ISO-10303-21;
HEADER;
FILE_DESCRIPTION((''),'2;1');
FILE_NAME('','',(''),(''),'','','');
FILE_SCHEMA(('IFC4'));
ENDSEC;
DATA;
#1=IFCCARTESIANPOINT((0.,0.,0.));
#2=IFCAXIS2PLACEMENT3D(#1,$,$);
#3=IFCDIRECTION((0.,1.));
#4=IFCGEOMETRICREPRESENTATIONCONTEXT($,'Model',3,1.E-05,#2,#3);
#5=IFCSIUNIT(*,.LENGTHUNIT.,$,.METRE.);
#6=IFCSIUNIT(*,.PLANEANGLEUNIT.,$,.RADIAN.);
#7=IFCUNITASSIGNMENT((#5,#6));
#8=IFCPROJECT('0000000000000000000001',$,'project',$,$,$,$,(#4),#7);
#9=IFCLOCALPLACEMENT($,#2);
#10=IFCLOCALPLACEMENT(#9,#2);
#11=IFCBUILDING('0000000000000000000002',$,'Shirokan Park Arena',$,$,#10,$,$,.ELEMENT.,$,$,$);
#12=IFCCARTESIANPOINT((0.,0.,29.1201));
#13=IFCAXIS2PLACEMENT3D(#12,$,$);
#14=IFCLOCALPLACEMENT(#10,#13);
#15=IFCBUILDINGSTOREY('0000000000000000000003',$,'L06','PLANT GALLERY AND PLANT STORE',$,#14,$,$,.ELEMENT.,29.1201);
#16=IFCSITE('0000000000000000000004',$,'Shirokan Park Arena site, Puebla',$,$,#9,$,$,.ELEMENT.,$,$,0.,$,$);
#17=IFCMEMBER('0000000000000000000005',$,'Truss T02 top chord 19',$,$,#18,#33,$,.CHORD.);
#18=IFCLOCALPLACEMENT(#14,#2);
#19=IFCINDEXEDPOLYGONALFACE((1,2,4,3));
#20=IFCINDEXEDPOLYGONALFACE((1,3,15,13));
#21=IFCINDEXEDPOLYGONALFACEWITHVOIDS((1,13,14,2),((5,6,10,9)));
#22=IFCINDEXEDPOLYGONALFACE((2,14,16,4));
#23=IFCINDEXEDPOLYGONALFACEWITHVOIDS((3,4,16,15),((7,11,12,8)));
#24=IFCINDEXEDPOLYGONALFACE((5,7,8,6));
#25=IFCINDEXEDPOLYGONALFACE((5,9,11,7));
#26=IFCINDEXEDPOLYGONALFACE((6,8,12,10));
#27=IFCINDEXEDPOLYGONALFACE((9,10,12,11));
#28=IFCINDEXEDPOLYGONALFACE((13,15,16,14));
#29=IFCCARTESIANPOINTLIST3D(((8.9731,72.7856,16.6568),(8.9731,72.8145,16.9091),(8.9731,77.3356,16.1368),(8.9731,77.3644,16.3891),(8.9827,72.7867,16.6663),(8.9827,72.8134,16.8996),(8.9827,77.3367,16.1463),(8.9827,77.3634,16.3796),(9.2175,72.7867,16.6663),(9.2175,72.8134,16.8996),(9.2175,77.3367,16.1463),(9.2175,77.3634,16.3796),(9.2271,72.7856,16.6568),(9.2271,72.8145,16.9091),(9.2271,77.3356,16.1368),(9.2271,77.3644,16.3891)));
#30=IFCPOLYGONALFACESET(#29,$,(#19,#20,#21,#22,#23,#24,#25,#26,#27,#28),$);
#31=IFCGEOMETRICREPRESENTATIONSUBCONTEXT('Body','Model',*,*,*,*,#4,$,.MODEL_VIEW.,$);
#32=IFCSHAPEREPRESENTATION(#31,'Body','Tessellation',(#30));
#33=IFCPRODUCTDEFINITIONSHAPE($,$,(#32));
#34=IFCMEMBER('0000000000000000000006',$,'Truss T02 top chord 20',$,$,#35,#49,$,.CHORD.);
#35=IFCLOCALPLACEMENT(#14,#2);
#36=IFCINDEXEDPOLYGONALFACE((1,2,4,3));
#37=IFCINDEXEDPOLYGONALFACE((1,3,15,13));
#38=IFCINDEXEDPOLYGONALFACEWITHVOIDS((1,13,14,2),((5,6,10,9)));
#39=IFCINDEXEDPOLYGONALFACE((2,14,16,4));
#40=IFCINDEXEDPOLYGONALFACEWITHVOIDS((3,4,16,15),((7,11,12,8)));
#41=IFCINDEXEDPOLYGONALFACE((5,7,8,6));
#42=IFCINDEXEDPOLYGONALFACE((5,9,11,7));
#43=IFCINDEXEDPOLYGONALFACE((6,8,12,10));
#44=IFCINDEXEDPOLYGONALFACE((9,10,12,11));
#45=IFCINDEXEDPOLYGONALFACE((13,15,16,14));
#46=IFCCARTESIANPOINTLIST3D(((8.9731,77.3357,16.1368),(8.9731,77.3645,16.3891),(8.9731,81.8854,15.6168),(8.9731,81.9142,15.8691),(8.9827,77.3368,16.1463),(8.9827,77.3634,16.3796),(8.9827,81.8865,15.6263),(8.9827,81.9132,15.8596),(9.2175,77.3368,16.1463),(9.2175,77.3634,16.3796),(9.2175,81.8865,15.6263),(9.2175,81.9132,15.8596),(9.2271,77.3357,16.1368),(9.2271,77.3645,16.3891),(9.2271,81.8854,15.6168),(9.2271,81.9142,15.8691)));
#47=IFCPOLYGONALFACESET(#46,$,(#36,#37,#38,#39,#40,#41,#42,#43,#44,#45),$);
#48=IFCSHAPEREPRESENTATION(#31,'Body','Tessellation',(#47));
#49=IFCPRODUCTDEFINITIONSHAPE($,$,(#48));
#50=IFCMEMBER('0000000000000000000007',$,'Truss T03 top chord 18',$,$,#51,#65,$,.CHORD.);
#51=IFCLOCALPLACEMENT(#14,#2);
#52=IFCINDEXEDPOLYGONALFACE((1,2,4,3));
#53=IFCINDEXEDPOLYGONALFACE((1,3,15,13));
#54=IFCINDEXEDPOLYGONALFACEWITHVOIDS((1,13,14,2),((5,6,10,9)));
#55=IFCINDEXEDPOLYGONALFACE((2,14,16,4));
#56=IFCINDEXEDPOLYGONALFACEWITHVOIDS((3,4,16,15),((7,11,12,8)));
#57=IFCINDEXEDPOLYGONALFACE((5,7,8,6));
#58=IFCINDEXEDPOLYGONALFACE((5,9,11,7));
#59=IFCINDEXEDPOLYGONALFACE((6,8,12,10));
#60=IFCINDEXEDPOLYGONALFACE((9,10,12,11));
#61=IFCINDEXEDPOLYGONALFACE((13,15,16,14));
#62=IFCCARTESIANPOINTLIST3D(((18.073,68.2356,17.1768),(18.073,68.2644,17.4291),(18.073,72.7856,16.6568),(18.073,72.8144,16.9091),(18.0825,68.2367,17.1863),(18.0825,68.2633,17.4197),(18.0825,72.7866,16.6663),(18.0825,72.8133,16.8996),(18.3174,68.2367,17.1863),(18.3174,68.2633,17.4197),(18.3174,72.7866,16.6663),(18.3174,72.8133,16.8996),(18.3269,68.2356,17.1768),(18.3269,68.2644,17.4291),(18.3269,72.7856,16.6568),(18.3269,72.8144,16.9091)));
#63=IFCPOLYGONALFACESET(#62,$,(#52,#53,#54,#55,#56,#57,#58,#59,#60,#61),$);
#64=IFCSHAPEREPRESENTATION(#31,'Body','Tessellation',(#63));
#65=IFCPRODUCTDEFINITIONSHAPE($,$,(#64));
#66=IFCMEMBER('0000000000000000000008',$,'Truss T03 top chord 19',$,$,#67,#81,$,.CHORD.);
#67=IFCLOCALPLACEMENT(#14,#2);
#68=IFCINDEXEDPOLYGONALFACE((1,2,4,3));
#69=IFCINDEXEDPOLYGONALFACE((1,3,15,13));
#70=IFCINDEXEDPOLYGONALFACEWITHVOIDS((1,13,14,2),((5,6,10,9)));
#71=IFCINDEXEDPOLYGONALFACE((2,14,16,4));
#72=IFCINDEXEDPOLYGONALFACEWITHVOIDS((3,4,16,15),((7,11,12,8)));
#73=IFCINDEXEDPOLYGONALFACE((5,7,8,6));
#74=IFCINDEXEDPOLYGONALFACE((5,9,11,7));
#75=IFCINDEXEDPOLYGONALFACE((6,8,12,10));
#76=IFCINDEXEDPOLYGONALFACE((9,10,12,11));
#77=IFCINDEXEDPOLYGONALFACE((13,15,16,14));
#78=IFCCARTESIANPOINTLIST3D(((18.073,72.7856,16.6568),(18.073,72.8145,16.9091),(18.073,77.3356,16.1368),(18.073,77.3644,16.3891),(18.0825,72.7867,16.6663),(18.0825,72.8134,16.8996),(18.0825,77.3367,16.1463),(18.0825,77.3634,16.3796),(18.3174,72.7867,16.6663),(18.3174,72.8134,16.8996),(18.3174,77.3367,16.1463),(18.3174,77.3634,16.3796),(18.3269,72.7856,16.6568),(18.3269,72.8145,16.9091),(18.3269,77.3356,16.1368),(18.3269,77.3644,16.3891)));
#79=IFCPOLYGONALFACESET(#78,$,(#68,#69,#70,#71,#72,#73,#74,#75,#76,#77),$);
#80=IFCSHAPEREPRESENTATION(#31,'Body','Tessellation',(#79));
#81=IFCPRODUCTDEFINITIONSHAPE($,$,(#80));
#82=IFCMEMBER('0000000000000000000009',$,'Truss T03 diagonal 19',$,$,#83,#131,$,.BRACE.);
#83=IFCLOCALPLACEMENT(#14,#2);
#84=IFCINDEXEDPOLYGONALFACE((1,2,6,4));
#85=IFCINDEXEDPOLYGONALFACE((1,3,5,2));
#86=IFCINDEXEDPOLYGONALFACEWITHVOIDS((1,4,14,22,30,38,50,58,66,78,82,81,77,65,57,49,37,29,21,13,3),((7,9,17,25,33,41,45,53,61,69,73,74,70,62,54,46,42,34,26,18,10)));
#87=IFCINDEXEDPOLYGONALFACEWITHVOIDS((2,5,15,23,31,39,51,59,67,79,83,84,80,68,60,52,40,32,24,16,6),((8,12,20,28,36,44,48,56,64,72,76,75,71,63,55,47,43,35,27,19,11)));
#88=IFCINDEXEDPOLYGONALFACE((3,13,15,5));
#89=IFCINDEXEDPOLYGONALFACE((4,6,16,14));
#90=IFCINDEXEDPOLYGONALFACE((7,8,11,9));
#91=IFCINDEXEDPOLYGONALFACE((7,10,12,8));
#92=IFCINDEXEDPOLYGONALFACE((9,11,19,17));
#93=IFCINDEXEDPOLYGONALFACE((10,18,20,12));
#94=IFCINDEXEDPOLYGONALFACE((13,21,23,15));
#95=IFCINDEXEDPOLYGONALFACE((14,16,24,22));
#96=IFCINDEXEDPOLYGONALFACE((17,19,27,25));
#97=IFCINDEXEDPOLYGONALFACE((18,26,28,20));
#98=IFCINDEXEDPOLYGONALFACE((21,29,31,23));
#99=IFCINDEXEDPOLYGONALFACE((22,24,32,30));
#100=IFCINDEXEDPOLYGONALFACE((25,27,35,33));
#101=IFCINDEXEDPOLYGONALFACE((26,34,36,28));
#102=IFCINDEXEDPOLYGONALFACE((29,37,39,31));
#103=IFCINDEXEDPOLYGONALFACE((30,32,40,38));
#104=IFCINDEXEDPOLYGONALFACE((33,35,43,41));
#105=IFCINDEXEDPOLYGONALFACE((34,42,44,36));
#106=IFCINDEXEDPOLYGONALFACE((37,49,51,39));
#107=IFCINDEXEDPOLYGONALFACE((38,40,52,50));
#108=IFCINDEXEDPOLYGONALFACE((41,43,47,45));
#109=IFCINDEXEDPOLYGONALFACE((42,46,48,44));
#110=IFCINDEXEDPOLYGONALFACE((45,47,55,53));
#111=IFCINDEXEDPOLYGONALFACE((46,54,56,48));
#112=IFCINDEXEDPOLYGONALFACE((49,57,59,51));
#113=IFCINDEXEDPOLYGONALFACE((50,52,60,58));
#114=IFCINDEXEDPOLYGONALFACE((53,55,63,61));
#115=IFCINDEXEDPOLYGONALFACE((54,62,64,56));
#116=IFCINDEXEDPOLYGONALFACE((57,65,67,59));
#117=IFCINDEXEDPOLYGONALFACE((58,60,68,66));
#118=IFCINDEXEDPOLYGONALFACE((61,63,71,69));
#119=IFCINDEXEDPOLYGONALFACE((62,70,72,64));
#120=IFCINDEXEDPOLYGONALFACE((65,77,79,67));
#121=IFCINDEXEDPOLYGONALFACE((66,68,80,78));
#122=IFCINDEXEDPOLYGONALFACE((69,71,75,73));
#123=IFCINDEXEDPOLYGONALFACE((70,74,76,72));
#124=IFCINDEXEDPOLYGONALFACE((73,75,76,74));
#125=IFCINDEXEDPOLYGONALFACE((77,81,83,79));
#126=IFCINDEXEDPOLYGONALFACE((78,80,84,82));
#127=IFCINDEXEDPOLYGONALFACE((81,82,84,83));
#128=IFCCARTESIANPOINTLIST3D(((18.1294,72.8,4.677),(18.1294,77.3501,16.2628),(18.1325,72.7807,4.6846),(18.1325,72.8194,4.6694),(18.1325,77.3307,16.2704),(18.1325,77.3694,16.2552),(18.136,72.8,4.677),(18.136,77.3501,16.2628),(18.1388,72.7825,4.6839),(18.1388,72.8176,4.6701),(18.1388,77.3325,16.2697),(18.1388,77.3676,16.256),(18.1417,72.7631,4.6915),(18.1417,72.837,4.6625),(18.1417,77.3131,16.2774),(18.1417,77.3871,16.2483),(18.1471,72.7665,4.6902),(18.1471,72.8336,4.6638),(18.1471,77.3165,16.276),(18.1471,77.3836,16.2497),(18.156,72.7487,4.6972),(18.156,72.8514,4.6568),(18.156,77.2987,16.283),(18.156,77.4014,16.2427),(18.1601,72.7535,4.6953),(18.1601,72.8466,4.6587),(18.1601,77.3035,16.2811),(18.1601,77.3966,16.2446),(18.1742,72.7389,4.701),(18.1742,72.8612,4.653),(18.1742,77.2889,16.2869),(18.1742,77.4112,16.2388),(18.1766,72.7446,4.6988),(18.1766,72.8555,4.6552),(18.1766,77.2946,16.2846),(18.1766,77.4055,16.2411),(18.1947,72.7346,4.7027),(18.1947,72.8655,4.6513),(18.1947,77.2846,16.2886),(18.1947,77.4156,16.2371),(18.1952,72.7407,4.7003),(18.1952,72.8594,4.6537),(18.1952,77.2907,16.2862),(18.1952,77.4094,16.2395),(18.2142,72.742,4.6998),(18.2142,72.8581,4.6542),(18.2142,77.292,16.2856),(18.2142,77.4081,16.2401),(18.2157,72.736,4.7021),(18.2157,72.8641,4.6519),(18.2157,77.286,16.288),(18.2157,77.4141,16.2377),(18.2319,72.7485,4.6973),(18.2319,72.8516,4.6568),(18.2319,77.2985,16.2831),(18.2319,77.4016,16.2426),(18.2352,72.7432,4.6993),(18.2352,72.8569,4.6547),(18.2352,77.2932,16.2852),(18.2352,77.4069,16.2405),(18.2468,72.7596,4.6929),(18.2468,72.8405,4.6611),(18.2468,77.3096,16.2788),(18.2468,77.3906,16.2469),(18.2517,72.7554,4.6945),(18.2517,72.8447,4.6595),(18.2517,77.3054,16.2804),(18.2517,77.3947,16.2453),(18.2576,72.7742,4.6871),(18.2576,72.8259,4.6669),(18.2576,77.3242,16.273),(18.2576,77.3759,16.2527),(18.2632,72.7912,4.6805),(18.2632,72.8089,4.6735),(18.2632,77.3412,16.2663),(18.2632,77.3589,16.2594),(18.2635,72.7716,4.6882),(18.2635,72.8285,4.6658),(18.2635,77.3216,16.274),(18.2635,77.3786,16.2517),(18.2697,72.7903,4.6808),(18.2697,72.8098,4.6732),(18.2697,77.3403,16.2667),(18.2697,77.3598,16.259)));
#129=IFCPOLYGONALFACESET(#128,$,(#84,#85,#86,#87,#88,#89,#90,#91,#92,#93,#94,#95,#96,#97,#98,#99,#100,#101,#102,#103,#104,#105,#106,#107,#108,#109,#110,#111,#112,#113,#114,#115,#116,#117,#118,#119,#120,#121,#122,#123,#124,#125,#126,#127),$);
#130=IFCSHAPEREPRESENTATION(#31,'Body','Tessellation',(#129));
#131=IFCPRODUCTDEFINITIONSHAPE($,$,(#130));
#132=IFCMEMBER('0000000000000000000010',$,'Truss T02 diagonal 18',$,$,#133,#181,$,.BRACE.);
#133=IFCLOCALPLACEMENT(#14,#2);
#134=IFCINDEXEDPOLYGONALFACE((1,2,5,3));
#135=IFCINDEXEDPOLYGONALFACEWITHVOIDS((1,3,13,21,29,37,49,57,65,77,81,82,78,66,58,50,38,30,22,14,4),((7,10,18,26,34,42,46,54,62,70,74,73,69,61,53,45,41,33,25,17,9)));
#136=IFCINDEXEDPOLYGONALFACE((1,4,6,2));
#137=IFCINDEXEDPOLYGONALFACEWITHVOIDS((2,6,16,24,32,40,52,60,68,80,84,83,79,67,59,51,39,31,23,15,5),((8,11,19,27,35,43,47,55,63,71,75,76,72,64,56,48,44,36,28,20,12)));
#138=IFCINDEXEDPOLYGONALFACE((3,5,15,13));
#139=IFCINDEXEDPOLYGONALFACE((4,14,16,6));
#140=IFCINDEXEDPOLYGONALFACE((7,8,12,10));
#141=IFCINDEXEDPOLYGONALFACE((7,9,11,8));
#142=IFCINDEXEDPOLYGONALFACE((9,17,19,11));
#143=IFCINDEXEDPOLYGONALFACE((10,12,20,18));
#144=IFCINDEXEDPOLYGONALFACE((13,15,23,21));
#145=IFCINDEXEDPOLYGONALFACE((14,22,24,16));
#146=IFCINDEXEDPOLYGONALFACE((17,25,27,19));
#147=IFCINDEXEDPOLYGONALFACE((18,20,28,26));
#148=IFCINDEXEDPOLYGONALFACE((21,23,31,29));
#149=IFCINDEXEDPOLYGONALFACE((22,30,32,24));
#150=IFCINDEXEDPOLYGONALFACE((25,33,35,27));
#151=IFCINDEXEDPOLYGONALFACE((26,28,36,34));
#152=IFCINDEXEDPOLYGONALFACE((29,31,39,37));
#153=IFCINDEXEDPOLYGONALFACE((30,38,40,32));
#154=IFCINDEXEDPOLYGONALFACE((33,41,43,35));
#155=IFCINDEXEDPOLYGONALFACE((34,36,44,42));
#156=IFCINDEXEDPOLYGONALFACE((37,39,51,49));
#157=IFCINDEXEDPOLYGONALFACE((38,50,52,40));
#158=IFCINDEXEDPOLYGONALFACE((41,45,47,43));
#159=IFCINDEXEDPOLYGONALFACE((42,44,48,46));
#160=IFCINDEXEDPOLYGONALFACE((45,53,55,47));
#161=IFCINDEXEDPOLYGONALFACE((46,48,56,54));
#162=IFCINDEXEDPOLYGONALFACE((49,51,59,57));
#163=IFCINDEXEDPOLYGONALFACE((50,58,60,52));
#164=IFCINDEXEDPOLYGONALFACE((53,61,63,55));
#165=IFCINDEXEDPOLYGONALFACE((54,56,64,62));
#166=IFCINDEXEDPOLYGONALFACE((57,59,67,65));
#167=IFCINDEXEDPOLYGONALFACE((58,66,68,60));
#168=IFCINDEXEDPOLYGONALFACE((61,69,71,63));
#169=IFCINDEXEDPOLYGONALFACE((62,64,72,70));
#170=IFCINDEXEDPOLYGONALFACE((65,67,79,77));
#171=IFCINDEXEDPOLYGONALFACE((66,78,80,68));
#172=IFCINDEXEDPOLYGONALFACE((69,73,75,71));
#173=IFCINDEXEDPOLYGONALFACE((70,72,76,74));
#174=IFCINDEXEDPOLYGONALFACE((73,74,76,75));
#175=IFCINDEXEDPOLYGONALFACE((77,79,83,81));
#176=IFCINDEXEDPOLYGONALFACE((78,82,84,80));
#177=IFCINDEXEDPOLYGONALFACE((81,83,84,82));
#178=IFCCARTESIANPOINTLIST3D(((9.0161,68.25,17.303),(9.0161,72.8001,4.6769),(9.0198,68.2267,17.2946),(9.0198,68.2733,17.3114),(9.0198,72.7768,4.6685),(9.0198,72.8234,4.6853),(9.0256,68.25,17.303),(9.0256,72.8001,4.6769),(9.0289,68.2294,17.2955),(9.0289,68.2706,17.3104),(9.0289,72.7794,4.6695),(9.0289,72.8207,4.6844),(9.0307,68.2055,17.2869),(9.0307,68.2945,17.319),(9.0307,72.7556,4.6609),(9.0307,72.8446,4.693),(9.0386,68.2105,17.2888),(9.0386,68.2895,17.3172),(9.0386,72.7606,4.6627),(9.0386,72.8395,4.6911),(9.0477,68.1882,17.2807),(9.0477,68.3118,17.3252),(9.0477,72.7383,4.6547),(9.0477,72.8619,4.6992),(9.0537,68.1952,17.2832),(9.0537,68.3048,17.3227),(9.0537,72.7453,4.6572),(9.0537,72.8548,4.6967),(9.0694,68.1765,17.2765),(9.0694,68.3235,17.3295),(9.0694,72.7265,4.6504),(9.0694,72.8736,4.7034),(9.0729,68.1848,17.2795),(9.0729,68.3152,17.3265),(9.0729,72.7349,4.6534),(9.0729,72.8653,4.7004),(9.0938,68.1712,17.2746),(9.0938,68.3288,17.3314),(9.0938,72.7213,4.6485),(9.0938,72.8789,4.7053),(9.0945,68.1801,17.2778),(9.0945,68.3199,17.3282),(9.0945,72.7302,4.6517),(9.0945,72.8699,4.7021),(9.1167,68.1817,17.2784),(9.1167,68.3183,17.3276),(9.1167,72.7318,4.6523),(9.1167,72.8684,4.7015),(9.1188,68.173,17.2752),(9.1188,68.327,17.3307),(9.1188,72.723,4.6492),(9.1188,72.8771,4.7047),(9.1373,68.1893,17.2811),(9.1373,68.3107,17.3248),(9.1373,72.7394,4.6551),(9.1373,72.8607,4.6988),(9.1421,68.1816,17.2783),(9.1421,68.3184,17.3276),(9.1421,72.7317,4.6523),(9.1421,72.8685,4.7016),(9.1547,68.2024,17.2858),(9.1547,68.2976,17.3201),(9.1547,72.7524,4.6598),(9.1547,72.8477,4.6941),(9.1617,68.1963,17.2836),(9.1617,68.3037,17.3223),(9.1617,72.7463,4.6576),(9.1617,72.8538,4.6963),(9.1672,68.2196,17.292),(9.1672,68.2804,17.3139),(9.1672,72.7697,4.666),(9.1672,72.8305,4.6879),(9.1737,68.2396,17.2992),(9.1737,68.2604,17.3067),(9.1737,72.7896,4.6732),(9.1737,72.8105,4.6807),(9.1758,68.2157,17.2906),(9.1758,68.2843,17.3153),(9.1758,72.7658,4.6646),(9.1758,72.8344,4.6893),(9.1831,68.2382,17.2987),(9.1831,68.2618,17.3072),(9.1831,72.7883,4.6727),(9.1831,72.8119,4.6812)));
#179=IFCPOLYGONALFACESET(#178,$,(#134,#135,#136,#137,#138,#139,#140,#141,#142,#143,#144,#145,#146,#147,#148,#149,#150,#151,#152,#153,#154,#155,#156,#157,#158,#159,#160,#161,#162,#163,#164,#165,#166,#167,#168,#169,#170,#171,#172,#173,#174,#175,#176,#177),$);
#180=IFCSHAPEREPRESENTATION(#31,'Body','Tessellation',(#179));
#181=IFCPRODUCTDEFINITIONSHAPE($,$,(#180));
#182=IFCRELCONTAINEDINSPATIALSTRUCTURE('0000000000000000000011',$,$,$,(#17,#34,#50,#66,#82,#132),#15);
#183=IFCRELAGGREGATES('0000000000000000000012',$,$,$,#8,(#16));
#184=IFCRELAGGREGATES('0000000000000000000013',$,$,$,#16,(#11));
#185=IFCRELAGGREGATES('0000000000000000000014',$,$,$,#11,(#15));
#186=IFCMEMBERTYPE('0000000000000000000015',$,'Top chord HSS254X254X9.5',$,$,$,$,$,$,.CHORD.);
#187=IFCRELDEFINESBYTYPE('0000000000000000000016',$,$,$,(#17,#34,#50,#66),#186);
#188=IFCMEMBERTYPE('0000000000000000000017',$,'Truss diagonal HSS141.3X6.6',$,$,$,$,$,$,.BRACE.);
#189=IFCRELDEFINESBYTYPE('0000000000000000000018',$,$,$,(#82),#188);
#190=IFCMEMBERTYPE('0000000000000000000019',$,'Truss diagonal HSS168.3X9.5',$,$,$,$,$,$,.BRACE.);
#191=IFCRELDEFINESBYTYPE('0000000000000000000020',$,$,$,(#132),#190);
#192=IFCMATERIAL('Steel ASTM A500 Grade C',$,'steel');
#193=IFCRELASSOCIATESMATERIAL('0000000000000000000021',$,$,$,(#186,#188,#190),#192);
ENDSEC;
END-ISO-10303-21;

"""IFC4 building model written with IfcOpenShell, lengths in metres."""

from ifc_helpers import new_model, si_unit, direction, frame, origin, origin_2d, place, context, subcontext, project, spatial, hollow_rectangle, hollow_circle, extrude, material, material_profile, profile_set, type_object, element, save


model = new_model("IFC4")

# Units and contexts
model_context = context("Model", 3, precision=1e-05, world=origin(), true_north=direction((0.0, 1.0)))
body_context = subcontext(model_context, "Body", "Model", "MODEL_VIEW")
ifc_project = project(units=[si_unit("LENGTHUNIT", "METRE"), si_unit("PLANEANGLEUNIT", "RADIAN")], contexts=[model_context])

# Site, building, storey
site_placement = place(None, origin())
site = spatial("IfcSite", under=ifc_project, at=site_placement, Name="Shirokan Park Arena site, Puebla", CompositionType="ELEMENT", RefElevation=0.0)
building_placement = place(site_placement, origin())
building = spatial("IfcBuilding", under=site, at=building_placement, Name="Shirokan Park Arena", CompositionType="ELEMENT")
storey_placement = place(building_placement, frame((0.0, 0.0, 29.1201)))
storey = spatial("IfcBuildingStorey", under=building, at=storey_placement, Name="L06", Description="PLANT GALLERY AND PLANT STORE", CompositionType="ELEMENT", Elevation=29.1201)

# Members
ifc_material_1 = material(Name="Steel ASTM A500 Grade C", Category="steel")
ifc_material_profile_1 = material_profile(ifc_material_1, hollow_rectangle(XDim=0.2539, YDim=0.2539, WallThickness=0.0095, at=origin_2d()), Name="HSS254X254X9.5")
ifc_profile_set_1 = profile_set([ifc_material_profile_1], Name="Steel ASTM A500 Grade C")
member_type_1 = type_object("IfcMemberType", Name="Top chord HSS254X254X9.5", PredefinedType="CHORD", material=ifc_profile_set_1)
member_1_placement = place(storey_placement, frame((9.1001, 72.8, 16.783), z_axis=(0.0, 0.993532, -0.11355), x_axis=(-1.0, 0.0, 0.0)))
element("IfcMember", 1, at=member_1_placement, inside=storey, type_object=member_type_1, Name="Truss T02 top chord 19", PredefinedType="CHORD", context=body_context, shape_type="SweptSolid", body=[
    extrude(hollow_rectangle(XDim=0.2539, YDim=0.2539, WallThickness=0.0095, at=origin_2d()), origin(), (0.0, 0.0, 1.0), 4.5796),
])
member_2_placement = place(storey_placement, frame((9.1001, 77.3501, 16.2629), z_axis=(0.0, 0.993532, -0.113556), x_axis=(-1.0, 0.0, 0.0)))
element("IfcMember", 2, at=member_2_placement, inside=storey, type_object=member_type_1, Name="Truss T02 top chord 20", PredefinedType="CHORD", context=body_context, shape_type="SweptSolid", body=[
    extrude(hollow_rectangle(XDim=0.2539, YDim=0.2539, WallThickness=0.0095, at=origin_2d()), origin(), (0.0, 0.0, 1.0), 4.5793),
])
for number, where, z_axis, x_axis, name in (
    (3, (18.2, 68.25, 17.303), (0.0, 0.993532, -0.11355), (-1.0, 0.0, 0.0), "Truss T03 top chord 18"),
    (4, (18.2, 72.8, 16.783), (0.0, 0.993532, -0.11355), (-1.0, 0.0, 0.0), "Truss T03 top chord 19"),
):
    element("IfcMember", number, at=place(storey_placement, frame(where, z_axis=z_axis, x_axis=x_axis)), inside=storey, type_object=member_type_1, Name=name, PredefinedType="CHORD", context=body_context, shape_type="SweptSolid", body=[
        extrude(hollow_rectangle(XDim=0.2539, YDim=0.2539, WallThickness=0.0095, at=origin_2d()), origin(), (0.0, 0.0, 1.0), 4.5796),
    ])
ifc_material_profile_2 = material_profile(ifc_material_1, hollow_circle(Radius=0.0706, WallThickness=0.0066, at=origin_2d()), Name="HSS141.3X6.6")
ifc_profile_set_2 = profile_set([ifc_material_profile_2], Name="Steel ASTM A500 Grade C")
member_type_2 = type_object("IfcMemberType", Name="Truss diagonal HSS141.3X6.6", PredefinedType="BRACE", material=ifc_profile_set_2)
member_3_placement = place(storey_placement, frame((18.2, 72.8, 4.677), z_axis=(0.0, 0.365543, 0.930794), x_axis=(-1.0, 0.0, 0.0)))
element("IfcMember", 5, at=member_3_placement, inside=storey, type_object=member_type_2, Name="Truss T03 diagonal 19", PredefinedType="BRACE", context=body_context, shape_type="SweptSolid", body=[
    extrude(hollow_circle(Radius=0.0706, WallThickness=0.0066, at=origin_2d()), origin(), (0.0, 0.0, 1.0), 12.4473),
])
ifc_material_profile_3 = material_profile(ifc_material_1, hollow_circle(Radius=0.084, WallThickness=0.0095, at=origin_2d()), Name="HSS168.3X9.5")
ifc_profile_set_3 = profile_set([ifc_material_profile_3], Name="Steel ASTM A500 Grade C")
member_type_3 = type_object("IfcMemberType", Name="Truss diagonal HSS168.3X9.5", PredefinedType="BRACE", material=ifc_profile_set_3)
member_4_placement = place(storey_placement, frame((9.1001, 68.25, 17.303), z_axis=(0.0, 0.339029, -0.940776), x_axis=(-1.0, 0.0, 0.0)))
element("IfcMember", 6, at=member_4_placement, inside=storey, type_object=member_type_3, Name="Truss T02 diagonal 18", PredefinedType="BRACE", context=body_context, shape_type="SweptSolid", body=[
    extrude(hollow_circle(Radius=0.084, WallThickness=0.0095, at=origin_2d()), origin(), (0.0, 0.0, 1.0), 13.4209),
])

save(model, "model.ifc")
